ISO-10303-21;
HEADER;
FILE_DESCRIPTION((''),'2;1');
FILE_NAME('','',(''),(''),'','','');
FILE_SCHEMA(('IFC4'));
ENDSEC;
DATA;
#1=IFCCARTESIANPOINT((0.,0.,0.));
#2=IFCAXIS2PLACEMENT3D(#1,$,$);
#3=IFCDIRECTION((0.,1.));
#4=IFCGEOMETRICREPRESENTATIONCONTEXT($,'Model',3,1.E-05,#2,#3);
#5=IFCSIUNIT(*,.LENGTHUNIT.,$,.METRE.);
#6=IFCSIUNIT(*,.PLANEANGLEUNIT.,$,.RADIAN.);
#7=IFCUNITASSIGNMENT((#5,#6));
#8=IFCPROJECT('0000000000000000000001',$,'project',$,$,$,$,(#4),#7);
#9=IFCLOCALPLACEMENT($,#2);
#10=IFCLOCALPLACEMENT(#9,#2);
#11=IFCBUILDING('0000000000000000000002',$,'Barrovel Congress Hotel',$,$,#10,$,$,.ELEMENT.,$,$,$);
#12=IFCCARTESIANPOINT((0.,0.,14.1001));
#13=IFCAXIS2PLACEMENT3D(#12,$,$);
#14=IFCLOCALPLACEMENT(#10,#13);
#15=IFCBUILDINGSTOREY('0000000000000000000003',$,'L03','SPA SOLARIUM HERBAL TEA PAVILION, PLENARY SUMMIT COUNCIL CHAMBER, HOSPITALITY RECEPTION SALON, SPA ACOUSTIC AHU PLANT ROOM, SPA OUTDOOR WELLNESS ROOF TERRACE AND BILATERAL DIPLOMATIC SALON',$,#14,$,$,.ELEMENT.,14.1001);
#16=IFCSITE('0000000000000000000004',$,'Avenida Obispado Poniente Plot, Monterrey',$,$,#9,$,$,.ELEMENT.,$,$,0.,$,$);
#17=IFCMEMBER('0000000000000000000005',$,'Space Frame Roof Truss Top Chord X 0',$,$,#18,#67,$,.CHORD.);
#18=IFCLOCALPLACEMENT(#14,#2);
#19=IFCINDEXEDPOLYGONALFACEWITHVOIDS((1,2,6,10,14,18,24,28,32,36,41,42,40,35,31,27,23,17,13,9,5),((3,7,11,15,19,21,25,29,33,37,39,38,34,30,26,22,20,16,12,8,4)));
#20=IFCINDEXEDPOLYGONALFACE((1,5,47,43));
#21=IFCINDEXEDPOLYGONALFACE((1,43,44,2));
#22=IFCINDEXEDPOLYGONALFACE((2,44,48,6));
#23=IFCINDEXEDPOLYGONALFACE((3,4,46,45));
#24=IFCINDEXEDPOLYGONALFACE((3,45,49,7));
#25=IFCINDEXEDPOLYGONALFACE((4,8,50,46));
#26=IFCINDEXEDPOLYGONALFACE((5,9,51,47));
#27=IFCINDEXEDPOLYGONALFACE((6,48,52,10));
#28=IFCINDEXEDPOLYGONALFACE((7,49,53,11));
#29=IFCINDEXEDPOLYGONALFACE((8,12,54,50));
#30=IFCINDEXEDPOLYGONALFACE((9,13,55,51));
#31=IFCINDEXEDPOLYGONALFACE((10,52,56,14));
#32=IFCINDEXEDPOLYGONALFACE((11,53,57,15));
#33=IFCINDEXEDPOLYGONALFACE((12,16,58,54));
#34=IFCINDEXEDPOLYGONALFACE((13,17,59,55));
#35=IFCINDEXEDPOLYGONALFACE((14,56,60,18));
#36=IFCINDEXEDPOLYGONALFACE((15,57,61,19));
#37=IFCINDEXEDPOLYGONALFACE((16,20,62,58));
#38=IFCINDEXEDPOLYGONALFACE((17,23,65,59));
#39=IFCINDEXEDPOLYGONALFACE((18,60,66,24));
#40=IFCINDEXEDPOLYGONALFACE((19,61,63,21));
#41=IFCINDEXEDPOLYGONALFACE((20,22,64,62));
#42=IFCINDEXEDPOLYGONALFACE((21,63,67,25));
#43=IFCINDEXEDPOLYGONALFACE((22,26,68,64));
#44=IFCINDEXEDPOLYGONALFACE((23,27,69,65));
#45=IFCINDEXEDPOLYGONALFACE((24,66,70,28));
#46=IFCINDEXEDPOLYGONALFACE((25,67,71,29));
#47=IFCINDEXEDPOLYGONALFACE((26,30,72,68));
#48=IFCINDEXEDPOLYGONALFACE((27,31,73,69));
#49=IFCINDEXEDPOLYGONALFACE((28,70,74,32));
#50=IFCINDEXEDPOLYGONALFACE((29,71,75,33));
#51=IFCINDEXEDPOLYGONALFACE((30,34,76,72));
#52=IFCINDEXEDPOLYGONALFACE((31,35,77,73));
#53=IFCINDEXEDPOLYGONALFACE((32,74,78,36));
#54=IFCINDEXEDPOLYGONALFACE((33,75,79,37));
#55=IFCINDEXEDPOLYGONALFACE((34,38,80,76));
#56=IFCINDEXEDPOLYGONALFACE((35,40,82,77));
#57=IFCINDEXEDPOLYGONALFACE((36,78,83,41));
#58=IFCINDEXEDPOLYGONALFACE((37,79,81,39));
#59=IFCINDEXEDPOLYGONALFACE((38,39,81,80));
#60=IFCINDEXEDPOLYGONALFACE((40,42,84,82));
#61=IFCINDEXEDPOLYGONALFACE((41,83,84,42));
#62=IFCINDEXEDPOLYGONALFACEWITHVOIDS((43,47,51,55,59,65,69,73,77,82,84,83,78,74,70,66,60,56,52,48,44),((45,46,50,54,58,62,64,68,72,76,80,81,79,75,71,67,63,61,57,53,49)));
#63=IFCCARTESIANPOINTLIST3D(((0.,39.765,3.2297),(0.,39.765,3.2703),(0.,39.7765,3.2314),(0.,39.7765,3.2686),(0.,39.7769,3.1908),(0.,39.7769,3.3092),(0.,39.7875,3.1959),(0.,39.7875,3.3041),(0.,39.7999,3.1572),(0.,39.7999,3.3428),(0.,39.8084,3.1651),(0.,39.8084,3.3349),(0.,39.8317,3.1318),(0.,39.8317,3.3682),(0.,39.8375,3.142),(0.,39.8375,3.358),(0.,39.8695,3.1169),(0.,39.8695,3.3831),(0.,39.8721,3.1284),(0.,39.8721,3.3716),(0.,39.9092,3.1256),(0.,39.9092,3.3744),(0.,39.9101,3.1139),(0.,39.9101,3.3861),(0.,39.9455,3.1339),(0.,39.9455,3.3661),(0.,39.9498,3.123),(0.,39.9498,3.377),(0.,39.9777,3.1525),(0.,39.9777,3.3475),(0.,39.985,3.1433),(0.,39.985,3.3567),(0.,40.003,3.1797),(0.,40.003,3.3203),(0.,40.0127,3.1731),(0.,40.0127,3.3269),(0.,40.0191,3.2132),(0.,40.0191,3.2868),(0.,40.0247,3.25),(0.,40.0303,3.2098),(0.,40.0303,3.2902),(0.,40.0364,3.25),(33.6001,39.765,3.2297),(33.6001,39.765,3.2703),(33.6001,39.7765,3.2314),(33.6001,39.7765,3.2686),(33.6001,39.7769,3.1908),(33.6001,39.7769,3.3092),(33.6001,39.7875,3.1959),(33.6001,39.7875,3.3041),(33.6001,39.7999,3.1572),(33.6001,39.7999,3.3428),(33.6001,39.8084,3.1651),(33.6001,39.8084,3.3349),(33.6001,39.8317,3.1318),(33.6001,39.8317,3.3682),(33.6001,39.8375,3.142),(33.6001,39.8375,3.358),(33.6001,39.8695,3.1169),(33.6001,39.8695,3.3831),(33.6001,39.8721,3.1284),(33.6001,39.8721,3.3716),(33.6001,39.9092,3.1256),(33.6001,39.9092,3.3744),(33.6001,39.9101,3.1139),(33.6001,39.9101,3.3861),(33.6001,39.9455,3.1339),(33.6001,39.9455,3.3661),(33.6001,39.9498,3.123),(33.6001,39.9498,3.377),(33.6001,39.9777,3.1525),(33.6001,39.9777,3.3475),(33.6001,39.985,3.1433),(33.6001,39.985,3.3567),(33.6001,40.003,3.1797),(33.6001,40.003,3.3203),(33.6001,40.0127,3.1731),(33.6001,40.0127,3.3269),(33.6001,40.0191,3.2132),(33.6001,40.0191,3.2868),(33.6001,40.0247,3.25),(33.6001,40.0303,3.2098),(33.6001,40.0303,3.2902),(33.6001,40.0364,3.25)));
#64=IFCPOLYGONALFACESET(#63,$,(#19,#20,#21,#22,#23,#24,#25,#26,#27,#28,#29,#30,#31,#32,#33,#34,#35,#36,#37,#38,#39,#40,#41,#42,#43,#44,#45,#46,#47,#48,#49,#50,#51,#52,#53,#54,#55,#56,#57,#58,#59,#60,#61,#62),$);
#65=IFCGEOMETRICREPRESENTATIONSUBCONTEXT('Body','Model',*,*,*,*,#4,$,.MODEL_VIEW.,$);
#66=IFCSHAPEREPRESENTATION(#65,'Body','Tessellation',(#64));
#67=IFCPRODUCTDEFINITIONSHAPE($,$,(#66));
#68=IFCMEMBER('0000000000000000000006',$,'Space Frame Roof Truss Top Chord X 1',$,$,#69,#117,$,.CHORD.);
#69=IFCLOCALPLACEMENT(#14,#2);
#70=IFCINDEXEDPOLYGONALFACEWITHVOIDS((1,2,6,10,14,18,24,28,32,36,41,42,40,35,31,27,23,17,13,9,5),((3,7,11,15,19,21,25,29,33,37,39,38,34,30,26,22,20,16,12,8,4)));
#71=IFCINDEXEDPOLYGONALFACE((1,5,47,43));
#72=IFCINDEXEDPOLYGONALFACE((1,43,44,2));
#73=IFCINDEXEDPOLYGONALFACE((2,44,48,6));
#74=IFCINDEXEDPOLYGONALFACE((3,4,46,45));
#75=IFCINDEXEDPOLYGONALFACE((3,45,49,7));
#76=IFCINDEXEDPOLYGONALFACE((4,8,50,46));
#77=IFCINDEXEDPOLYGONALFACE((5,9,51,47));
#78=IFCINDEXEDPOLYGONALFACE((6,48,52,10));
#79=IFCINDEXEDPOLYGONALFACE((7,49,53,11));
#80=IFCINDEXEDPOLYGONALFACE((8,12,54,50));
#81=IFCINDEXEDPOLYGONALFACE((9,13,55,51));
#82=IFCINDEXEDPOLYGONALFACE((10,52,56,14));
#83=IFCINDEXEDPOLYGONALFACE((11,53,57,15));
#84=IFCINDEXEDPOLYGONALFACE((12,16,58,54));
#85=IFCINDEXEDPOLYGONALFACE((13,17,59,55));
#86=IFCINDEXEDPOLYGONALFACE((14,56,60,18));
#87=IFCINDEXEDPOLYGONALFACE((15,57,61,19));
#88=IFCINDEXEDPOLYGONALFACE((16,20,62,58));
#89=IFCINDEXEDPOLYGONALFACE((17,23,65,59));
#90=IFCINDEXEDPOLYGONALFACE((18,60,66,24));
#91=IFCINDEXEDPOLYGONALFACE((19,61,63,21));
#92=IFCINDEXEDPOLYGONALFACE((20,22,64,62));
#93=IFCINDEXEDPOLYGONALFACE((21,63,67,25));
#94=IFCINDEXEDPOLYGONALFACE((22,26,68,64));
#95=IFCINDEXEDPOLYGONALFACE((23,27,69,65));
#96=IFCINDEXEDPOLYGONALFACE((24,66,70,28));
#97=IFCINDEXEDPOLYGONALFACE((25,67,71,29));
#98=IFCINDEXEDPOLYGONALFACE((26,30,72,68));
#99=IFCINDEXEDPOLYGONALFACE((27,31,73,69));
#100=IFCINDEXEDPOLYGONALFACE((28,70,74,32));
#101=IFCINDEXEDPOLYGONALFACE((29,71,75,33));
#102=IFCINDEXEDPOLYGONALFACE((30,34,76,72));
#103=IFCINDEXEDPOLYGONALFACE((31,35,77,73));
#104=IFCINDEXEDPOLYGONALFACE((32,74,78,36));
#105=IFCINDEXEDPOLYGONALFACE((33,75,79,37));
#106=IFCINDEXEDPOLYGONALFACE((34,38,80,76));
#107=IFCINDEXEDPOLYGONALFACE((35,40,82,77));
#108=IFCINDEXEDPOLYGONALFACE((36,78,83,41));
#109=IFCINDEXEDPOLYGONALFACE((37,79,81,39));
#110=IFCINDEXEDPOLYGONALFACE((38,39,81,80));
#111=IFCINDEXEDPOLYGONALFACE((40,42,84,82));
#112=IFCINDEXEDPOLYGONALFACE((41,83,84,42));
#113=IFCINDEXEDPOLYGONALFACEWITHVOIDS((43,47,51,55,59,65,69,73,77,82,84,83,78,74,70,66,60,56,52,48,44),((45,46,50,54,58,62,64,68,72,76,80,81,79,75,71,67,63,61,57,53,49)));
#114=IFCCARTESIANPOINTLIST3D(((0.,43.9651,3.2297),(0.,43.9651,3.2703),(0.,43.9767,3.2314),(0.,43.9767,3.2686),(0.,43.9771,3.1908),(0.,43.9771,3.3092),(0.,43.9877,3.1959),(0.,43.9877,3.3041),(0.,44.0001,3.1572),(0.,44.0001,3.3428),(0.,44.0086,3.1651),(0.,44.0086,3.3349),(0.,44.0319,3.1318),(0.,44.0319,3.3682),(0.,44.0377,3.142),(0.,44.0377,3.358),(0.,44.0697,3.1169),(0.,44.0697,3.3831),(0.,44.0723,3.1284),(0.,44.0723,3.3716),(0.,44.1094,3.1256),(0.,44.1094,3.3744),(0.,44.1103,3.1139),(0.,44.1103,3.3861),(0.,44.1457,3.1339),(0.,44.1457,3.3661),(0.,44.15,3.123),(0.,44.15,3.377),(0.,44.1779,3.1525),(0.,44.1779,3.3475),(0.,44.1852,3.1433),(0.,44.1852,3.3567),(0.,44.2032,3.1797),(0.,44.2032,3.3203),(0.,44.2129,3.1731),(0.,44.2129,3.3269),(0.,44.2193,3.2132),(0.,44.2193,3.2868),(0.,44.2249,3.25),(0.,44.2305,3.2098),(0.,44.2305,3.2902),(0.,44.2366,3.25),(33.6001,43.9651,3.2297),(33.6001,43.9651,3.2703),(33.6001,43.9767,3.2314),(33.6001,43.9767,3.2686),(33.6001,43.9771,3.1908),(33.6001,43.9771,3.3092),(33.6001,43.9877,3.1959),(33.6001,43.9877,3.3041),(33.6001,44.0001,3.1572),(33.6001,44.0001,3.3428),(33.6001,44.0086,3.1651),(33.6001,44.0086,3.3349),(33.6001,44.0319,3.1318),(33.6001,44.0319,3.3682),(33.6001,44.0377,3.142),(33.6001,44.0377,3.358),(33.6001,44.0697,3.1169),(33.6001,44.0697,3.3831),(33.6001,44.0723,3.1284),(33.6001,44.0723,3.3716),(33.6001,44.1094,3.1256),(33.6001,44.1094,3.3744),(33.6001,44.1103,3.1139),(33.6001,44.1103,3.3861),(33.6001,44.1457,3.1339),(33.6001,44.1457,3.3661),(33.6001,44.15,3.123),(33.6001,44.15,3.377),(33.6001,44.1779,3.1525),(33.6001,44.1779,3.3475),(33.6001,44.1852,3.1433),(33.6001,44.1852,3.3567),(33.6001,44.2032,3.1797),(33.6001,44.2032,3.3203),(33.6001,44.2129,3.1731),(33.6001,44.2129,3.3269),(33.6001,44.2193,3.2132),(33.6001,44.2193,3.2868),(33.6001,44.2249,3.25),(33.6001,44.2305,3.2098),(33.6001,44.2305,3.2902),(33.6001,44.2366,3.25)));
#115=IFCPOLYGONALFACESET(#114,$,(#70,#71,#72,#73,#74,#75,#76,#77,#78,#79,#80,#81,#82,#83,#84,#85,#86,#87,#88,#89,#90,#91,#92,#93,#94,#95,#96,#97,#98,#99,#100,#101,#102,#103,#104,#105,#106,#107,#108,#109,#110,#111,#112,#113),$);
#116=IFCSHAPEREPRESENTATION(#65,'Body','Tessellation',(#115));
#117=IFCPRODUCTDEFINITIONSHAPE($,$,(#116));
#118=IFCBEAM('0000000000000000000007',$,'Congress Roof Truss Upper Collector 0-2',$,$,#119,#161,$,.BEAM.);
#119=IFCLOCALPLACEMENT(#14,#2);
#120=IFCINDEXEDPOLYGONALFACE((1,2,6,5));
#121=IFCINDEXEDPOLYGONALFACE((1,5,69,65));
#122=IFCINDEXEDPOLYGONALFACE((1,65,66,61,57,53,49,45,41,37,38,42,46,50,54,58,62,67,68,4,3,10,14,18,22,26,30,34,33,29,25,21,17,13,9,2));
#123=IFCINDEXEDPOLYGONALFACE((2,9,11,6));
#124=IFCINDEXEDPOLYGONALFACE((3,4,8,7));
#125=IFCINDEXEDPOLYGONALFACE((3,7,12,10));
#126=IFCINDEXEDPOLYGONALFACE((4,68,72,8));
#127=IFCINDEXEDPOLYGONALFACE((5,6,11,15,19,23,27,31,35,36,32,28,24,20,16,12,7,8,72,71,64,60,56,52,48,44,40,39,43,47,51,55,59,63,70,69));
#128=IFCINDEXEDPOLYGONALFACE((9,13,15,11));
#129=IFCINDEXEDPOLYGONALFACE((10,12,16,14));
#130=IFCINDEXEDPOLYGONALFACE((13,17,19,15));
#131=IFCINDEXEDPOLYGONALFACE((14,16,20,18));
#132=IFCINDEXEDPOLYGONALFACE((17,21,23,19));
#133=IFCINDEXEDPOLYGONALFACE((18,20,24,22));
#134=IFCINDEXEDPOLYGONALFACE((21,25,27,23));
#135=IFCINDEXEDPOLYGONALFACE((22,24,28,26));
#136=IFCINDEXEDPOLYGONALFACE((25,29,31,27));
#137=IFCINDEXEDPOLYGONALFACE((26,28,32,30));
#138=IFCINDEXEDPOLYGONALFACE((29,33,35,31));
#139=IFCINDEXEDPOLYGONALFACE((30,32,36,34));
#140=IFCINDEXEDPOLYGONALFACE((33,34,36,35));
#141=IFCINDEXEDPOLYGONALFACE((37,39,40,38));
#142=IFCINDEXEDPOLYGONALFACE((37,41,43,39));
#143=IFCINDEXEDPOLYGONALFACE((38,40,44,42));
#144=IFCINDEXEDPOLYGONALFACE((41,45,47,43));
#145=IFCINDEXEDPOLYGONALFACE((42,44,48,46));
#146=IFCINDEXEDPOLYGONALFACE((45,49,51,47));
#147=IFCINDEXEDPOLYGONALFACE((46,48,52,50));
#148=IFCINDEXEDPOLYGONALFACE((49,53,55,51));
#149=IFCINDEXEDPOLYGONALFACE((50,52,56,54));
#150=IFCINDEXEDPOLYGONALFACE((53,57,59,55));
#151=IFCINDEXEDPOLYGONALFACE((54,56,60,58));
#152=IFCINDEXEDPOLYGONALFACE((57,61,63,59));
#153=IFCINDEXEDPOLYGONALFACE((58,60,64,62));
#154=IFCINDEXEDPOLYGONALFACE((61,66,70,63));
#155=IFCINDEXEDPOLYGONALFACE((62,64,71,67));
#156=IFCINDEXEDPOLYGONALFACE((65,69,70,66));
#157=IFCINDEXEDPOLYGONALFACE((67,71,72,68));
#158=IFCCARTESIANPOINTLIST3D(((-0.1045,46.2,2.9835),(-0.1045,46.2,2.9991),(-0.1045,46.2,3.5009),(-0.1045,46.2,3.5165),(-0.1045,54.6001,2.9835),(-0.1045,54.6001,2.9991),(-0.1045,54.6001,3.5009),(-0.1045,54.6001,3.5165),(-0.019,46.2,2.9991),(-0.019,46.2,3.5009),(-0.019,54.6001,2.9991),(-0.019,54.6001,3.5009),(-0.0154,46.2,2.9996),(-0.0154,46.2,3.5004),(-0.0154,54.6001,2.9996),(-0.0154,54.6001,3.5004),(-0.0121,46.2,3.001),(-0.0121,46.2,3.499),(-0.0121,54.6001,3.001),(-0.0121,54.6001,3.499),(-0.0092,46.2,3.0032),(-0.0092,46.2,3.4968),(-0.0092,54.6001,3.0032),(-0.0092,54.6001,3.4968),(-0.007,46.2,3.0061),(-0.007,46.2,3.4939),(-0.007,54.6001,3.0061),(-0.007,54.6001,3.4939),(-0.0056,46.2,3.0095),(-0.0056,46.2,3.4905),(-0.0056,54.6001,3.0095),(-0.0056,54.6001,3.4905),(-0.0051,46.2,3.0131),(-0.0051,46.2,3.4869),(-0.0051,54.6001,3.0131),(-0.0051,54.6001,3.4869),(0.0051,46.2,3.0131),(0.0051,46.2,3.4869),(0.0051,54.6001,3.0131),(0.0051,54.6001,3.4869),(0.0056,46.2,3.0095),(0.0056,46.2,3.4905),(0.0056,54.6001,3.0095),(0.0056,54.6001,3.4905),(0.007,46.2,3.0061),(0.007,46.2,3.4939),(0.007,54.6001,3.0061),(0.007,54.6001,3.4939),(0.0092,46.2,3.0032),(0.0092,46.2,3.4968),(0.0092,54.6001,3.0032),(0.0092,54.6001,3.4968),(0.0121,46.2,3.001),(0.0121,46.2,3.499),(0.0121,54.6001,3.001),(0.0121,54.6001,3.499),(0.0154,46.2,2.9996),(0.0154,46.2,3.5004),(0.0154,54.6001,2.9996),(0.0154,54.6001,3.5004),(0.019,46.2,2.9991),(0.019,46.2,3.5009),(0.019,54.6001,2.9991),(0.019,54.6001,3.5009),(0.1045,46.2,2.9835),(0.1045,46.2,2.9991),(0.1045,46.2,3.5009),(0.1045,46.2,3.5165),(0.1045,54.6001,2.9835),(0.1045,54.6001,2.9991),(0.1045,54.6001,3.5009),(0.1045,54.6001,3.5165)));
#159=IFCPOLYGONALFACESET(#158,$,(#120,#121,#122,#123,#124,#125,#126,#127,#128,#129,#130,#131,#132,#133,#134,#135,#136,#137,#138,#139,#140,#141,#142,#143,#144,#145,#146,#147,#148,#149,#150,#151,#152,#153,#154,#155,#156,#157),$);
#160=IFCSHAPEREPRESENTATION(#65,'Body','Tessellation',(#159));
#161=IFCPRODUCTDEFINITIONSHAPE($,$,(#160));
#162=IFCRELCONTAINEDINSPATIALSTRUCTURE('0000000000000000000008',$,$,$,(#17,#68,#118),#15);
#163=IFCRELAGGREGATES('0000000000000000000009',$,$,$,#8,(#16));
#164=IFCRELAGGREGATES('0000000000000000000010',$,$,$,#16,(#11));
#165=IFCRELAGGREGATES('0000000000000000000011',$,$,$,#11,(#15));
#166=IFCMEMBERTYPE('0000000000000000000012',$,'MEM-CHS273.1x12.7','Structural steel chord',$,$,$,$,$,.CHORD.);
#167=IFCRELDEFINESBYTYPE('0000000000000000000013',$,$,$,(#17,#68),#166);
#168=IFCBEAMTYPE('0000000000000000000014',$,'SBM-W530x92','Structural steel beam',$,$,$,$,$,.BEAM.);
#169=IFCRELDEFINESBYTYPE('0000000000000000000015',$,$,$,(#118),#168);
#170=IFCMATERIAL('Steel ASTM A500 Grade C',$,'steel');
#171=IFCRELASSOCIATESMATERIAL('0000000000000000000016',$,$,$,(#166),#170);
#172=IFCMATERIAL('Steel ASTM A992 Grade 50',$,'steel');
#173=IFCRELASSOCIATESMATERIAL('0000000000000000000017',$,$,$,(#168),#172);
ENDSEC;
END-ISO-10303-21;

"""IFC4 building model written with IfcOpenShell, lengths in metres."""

from ifc_helpers import new_model, si_unit, direction, frame, origin, origin_2d, place, context, subcontext, project, spatial, hollow_circle, i_section, extrude, material, material_profile, profile_set, type_object, element, save


model = new_model("IFC4")

# Units and contexts
model_context = context("Model", 3, precision=1e-05, world=origin(), true_north=direction((0.0, 1.0)))
body_context = subcontext(model_context, "Body", "Model", "MODEL_VIEW")
ifc_project = project(units=[si_unit("LENGTHUNIT", "METRE"), si_unit("PLANEANGLEUNIT", "RADIAN")], contexts=[model_context])

# Site, building, storey
site_placement = place(None, origin())
site = spatial("IfcSite", under=ifc_project, at=site_placement, Name="Avenida Obispado Poniente Plot, Monterrey", CompositionType="ELEMENT", RefElevation=0.0)
building_placement = place(site_placement, origin())
building = spatial("IfcBuilding", under=site, at=building_placement, Name="Barrovel Congress Hotel", CompositionType="ELEMENT")
storey_placement = place(building_placement, frame((0.0, 0.0, 14.1001)))
storey = spatial("IfcBuildingStorey", under=building, at=storey_placement, Name="L03", Description="SPA SOLARIUM HERBAL TEA PAVILION, PLENARY SUMMIT COUNCIL CHAMBER, HOSPITALITY RECEPTION SALON, SPA ACOUSTIC AHU PLANT ROOM, SPA OUTDOOR WELLNESS ROOF TERRACE AND BILATERAL DIPLOMATIC SALON", CompositionType="ELEMENT", Elevation=14.1001)

# Members
ifc_material_1 = material(Name="Steel ASTM A500 Grade C", Category="steel")
ifc_material_profile_1 = material_profile(ifc_material_1, hollow_circle(Radius=0.1365, WallThickness=0.0117, at=origin_2d()), Name="CHS273.1x12.7")
ifc_profile_set_1 = profile_set([ifc_material_profile_1], Name="Steel ASTM A500 Grade C")
member_type_1 = type_object("IfcMemberType", Name="MEM-CHS273.1x12.7", Description="Structural steel chord", PredefinedType="CHORD", material=ifc_profile_set_1)
for number, where, z_axis, x_axis, name in (
    (1, (0.0, 39.8999, 3.25), (1.0, 0.0, 0.0), (0.0, 1.0, 0.0), "Space Frame Roof Truss Top Chord X 0"),
    (2, (0.0, 44.1001, 3.25), (1.0, 0.0, 0.0), (0.0, 1.0, 0.0), "Space Frame Roof Truss Top Chord X 1"),
):
    element("IfcMember", number, at=place(storey_placement, frame(where, z_axis=z_axis, x_axis=x_axis)), inside=storey, type_object=member_type_1, Name=name, PredefinedType="CHORD", context=body_context, shape_type="SweptSolid", body=[
        extrude(hollow_circle(Radius=0.1365, WallThickness=0.0117, at=origin_2d()), origin(), (0.0, 0.0, 1.0), 33.6001),
    ])

# Beam
ifc_material_2 = material(Name="Steel ASTM A992 Grade 50", Category="steel")
ifc_material_profile_2 = material_profile(ifc_material_2, i_section(OverallWidth=0.209, OverallDepth=0.533, WebThickness=0.0103, FlangeThickness=0.0156, FilletRadius=0.0139, at=origin_2d()), Name="W530x92")
ifc_profile_set_2 = profile_set([ifc_material_profile_2], Name="Steel ASTM A992 Grade 50")
beam_type_1 = type_object("IfcBeamType", Name="SBM-W530x92", Description="Structural steel beam", PredefinedType="BEAM", material=ifc_profile_set_2)
beam_1_placement = place(storey_placement, frame((0.0, 46.2, 3.25), z_axis=(0.0, 1.0, 0.0), x_axis=(-1.0, 0.0, 0.0)))
element("IfcBeam", 3, at=beam_1_placement, inside=storey, type_object=beam_type_1, Name="Congress Roof Truss Upper Collector 0-2", PredefinedType="BEAM", context=body_context, shape_type="SweptSolid", body=[
    extrude(i_section(OverallWidth=0.209, OverallDepth=0.533, WebThickness=0.0103, FlangeThickness=0.0156, FilletRadius=0.0139, at=origin_2d()), origin(), (0.0, 0.0, 1.0), 8.4001),
])

save(model, "model.ifc")
